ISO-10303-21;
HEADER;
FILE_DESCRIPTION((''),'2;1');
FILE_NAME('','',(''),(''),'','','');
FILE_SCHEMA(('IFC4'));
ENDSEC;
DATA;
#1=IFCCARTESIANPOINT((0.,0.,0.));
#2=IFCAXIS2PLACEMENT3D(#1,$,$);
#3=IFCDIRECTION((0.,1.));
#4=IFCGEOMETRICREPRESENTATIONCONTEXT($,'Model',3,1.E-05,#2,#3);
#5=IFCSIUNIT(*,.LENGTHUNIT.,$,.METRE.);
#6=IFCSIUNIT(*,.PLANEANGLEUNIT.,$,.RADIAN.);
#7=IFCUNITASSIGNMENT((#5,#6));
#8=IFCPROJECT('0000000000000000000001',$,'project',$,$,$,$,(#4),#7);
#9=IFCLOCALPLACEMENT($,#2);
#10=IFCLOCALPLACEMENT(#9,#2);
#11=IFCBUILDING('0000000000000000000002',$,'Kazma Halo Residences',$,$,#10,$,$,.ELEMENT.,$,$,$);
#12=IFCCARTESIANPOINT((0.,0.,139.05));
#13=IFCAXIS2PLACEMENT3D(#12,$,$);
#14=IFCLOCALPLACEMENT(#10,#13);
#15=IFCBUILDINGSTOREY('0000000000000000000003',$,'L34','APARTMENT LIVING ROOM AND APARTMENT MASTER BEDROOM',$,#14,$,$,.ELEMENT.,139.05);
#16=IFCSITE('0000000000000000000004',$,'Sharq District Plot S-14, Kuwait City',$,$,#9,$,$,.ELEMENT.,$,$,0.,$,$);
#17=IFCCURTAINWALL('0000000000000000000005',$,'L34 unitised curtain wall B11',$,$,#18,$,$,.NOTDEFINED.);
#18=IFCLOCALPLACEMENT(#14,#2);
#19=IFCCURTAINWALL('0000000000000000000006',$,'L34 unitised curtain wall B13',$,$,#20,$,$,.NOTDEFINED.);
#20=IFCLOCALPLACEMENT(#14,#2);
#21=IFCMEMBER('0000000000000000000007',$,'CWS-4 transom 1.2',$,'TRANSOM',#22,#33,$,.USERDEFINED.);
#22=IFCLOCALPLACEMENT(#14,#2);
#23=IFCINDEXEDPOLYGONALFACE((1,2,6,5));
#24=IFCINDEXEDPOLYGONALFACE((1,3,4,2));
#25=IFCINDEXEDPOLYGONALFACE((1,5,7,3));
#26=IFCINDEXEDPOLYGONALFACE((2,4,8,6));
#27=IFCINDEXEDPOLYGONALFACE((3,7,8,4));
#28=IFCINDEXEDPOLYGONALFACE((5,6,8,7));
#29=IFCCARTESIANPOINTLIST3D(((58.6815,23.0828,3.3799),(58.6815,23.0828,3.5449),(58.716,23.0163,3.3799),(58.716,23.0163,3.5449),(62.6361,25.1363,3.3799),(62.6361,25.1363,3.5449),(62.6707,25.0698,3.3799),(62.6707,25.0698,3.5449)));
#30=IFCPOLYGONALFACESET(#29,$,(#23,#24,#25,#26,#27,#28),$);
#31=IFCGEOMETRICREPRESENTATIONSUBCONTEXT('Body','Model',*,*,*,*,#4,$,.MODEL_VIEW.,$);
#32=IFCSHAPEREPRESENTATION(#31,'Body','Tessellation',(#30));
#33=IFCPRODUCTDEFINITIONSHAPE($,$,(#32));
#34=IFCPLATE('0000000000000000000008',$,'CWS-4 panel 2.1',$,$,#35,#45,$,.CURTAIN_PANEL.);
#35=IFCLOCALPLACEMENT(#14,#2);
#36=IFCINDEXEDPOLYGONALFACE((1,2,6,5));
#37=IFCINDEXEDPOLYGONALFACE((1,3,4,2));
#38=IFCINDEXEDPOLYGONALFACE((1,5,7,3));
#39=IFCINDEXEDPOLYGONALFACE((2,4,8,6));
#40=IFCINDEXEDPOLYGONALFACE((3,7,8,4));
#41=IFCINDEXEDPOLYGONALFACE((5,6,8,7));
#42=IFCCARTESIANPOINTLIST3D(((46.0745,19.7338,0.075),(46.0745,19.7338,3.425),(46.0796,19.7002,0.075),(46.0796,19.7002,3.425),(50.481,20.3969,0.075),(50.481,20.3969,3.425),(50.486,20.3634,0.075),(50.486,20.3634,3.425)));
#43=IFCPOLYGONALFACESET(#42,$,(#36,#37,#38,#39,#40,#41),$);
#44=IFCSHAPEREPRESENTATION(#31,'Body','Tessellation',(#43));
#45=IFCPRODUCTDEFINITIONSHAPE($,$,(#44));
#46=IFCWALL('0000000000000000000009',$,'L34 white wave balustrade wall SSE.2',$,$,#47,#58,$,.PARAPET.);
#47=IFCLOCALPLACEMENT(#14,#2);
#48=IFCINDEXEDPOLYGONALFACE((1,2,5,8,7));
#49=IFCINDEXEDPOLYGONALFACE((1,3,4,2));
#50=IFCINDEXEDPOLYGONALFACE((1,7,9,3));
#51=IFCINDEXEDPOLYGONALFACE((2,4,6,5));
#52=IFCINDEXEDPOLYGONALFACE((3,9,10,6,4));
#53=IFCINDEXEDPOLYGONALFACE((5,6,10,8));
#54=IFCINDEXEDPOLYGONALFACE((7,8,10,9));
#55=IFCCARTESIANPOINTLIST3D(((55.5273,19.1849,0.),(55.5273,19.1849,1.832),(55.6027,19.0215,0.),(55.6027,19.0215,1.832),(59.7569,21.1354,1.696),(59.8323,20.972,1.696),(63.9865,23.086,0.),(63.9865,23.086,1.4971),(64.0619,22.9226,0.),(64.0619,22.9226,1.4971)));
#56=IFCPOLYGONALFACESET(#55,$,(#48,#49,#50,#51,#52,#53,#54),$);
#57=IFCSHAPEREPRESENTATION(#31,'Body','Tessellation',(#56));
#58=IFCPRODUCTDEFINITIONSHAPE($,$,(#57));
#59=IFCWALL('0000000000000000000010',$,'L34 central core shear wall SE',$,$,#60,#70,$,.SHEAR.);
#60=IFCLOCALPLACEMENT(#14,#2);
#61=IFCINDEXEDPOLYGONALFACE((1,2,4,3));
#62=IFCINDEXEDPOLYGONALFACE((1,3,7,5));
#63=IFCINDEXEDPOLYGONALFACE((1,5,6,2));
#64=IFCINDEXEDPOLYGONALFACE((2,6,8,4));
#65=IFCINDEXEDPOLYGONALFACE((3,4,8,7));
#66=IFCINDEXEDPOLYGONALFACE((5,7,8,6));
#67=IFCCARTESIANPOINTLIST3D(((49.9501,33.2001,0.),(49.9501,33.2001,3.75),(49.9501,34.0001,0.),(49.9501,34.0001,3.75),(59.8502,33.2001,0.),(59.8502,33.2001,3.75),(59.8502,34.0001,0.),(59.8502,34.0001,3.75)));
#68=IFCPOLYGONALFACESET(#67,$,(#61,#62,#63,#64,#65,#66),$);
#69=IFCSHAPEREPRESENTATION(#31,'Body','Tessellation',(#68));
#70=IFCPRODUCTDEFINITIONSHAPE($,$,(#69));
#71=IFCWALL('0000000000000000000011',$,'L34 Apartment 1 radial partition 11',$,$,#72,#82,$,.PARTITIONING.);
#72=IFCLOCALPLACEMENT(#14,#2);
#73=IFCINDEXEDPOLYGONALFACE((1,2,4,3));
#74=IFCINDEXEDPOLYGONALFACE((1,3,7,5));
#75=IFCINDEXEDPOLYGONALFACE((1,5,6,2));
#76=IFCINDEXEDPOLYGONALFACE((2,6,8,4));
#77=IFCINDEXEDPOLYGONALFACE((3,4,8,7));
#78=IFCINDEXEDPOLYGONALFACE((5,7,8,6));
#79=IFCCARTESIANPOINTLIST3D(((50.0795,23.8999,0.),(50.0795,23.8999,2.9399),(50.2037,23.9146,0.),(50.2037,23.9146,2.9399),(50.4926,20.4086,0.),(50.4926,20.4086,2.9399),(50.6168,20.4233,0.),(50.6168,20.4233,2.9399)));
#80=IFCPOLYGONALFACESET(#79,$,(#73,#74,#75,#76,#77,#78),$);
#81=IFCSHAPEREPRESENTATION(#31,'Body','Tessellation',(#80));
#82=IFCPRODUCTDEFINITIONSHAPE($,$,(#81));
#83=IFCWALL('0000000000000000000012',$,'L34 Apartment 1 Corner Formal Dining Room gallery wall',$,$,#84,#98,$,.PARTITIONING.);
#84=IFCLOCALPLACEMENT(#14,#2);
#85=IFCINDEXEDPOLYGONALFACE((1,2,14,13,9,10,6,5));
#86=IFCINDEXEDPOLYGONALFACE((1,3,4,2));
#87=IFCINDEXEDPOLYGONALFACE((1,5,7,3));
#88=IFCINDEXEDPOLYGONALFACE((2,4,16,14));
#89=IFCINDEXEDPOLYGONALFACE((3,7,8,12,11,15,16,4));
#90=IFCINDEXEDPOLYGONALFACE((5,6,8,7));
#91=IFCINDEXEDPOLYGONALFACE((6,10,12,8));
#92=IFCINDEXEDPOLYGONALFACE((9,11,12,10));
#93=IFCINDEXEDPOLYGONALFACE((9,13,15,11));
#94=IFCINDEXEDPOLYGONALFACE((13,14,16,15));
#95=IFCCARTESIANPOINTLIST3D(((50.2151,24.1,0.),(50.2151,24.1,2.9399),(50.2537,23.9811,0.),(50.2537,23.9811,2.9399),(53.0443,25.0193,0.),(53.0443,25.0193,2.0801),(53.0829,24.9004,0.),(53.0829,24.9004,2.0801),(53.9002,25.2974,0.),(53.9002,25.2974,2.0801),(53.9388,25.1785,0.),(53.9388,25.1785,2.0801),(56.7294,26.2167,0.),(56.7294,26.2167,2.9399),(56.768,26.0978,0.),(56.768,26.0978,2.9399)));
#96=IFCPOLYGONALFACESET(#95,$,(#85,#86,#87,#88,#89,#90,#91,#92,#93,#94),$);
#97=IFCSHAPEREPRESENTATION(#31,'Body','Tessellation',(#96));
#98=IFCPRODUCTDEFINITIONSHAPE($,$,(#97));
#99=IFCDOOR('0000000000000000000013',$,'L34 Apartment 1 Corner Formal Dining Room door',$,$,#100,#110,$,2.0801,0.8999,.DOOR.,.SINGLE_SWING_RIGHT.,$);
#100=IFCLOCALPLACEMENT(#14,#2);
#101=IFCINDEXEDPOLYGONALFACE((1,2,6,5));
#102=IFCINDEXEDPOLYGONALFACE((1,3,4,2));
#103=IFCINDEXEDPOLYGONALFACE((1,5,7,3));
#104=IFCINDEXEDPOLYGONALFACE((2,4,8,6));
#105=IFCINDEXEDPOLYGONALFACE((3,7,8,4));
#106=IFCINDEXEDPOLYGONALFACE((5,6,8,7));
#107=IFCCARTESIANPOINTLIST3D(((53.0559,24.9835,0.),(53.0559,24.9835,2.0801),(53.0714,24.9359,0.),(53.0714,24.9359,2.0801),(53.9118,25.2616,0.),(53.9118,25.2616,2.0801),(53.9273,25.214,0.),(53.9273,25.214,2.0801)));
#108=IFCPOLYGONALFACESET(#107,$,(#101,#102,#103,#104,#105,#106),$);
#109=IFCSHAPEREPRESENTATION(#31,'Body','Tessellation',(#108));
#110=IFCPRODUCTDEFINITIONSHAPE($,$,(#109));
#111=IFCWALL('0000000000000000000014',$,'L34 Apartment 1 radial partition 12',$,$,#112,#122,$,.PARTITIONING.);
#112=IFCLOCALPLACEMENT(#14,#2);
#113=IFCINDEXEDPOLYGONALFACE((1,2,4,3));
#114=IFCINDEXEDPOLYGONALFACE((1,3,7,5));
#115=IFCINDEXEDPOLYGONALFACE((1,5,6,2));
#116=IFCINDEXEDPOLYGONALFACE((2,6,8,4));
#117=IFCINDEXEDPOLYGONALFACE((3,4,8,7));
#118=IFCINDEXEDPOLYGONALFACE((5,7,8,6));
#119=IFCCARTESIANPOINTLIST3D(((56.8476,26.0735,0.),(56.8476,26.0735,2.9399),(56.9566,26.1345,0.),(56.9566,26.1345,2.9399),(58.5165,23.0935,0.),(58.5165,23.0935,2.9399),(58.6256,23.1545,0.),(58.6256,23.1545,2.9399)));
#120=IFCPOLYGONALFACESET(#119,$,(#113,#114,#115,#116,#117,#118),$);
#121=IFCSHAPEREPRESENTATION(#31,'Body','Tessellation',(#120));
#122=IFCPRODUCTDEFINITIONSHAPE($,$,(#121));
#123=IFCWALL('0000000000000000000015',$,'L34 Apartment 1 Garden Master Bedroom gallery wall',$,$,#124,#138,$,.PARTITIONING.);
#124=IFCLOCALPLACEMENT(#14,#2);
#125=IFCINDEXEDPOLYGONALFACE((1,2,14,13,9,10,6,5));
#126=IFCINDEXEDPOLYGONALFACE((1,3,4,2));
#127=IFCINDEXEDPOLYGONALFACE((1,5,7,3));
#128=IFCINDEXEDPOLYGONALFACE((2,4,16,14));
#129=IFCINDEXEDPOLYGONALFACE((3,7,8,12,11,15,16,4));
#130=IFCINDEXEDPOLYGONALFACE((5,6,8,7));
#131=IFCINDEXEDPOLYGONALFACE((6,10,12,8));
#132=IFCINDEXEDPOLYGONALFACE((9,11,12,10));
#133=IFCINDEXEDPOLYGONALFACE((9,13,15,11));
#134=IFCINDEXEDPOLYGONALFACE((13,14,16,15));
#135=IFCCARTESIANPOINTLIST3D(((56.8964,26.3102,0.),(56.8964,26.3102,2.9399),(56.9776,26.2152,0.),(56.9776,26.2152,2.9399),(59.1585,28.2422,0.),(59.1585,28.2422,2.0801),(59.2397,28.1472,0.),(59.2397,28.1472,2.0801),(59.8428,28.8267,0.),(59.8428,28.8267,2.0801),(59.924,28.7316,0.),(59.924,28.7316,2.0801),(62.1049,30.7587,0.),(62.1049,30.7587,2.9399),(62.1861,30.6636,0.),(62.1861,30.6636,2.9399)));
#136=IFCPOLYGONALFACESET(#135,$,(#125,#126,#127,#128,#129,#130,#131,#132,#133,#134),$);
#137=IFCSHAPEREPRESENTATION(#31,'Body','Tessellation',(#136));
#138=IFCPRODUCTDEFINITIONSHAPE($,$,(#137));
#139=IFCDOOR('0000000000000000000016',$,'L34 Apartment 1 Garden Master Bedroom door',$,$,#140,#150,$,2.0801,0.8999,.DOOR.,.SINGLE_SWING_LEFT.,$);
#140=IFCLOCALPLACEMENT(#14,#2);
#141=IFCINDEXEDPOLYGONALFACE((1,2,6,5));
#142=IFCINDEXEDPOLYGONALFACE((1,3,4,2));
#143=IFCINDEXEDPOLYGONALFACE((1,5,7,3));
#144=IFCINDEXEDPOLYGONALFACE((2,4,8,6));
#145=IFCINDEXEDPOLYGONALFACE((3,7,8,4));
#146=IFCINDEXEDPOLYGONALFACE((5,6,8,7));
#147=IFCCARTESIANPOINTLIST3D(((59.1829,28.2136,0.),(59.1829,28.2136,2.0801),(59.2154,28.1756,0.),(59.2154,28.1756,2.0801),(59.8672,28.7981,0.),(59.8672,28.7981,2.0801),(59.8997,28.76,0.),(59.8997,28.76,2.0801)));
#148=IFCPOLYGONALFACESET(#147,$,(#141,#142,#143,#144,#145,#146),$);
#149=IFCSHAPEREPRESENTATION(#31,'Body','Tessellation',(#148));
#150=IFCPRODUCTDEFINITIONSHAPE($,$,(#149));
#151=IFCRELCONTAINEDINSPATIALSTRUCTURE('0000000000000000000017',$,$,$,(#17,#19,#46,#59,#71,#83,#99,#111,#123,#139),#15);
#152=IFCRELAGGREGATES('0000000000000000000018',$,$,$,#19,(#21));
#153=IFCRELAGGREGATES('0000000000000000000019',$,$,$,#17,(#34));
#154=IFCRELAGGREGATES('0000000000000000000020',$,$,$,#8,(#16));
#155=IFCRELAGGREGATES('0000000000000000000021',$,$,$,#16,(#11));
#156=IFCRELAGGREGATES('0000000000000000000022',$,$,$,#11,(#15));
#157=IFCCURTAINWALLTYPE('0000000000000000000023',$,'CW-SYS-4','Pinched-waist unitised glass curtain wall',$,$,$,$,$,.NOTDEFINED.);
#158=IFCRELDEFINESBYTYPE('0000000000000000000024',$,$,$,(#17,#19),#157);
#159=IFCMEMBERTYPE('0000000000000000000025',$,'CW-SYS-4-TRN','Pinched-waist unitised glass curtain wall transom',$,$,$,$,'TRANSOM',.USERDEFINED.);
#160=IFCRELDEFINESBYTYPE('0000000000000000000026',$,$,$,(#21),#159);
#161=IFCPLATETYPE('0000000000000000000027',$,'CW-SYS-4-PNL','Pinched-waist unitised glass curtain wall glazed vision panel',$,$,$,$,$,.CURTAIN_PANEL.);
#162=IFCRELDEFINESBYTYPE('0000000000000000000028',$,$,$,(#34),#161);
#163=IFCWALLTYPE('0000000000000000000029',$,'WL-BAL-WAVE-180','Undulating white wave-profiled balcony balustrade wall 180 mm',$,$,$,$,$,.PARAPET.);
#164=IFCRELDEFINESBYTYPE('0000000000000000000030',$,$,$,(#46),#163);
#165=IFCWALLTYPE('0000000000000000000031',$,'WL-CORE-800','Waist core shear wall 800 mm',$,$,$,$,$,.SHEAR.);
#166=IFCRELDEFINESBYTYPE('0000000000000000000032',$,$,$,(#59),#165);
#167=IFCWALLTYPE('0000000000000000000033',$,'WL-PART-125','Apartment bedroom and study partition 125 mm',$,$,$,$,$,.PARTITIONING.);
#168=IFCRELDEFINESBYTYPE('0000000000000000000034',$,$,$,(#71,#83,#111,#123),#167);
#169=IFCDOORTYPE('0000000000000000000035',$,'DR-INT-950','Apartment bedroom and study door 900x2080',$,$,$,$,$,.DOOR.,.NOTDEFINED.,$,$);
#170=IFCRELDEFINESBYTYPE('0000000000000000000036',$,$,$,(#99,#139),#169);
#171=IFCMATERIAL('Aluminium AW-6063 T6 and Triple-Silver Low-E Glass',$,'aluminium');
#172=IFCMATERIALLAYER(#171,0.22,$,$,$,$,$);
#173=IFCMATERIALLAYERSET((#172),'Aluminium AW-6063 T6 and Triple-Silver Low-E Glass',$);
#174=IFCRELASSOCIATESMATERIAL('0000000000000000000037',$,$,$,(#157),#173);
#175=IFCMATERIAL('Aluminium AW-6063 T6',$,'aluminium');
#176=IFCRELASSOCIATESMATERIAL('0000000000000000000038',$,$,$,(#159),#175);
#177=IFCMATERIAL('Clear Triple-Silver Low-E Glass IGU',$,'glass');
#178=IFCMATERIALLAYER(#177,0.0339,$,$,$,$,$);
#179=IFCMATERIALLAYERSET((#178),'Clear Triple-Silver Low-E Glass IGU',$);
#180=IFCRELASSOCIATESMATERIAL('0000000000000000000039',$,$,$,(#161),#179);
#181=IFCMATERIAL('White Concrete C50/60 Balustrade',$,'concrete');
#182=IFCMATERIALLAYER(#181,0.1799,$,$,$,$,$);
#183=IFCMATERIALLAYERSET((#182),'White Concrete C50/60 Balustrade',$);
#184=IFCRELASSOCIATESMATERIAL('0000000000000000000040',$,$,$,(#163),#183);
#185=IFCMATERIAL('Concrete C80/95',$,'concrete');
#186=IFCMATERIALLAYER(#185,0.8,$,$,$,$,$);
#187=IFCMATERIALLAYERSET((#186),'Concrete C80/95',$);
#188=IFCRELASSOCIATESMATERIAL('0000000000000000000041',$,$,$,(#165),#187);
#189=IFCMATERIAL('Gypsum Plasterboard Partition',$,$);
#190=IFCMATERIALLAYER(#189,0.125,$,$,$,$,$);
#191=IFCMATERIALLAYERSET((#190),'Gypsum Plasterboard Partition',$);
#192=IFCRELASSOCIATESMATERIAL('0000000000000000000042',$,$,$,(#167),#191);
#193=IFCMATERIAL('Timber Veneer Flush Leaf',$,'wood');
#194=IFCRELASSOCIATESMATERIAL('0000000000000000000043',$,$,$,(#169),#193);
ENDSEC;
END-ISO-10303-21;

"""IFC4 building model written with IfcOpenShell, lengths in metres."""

from ifc_helpers import new_model, si_unit, direction, frame, frame_2d, origin, origin_2d, place, context, subcontext, project, spatial, polyline, rectangle, outline, extrude, material, layer, layer_set, material_profile, profile_set, type_object, element, fill, aggregate, save


model = new_model("IFC4")

# Units and contexts
model_context = context("Model", 3, precision=1e-05, world=origin(), true_north=direction((0.0, 1.0)))
body_context = subcontext(model_context, "Body", "Model", "MODEL_VIEW")
ifc_project = project(units=[si_unit("LENGTHUNIT", "METRE"), si_unit("PLANEANGLEUNIT", "RADIAN")], contexts=[model_context])

# Site, building, storey
site_placement = place(None, origin())
site = spatial("IfcSite", under=ifc_project, at=site_placement, Name="Sharq District Plot S-14, Kuwait City", CompositionType="ELEMENT", RefElevation=0.0)
building_placement = place(site_placement, origin())
building = spatial("IfcBuilding", under=site, at=building_placement, Name="Kazma Halo Residences", CompositionType="ELEMENT")
storey_placement = place(building_placement, frame((0.0, 0.0, 139.05)))
storey = spatial("IfcBuildingStorey", under=building, at=storey_placement, Name="L34", Description="APARTMENT LIVING ROOM AND APARTMENT MASTER BEDROOM", CompositionType="ELEMENT", Elevation=139.05)

# Shared definitions
ifc_material_1 = material(Name="Concrete C80/95", Category="concrete")

# Curtain wall
ifc_material_2 = material(Name="Aluminium AW-6063 T6 and Triple-Silver Low-E Glass", Category="aluminium")
ifc_layer_1 = layer(ifc_material_2, 0.22)
ifc_layer_set_1 = layer_set([ifc_layer_1], Name="Aluminium AW-6063 T6 and Triple-Silver Low-E Glass")
curtain_wall_type = type_object("IfcCurtainWallType", Name="CW-SYS-4", Description="Pinched-waist unitised glass curtain wall", PredefinedType="NOTDEFINED", material=ifc_layer_set_1)
curtain_wall_1_placement = place(storey_placement, origin())
curtain_wall_1 = element("IfcCurtainWall", 1, at=curtain_wall_1_placement, inside=storey, type_object=curtain_wall_type, Name="L34 unitised curtain wall B11", PredefinedType="NOTDEFINED")
ifc_material_3 = material(Name="Aluminium AW-6063 T6", Category="aluminium")

# Curtain wall, member
curtain_wall_2_placement = place(storey_placement, origin())
curtain_wall_2 = element("IfcCurtainWall", 2, at=curtain_wall_2_placement, inside=storey, type_object=curtain_wall_type, Name="L34 unitised curtain wall B13", PredefinedType="NOTDEFINED")
ifc_material_profile_1 = material_profile(ifc_material_3, rectangle(XDim=0.075, YDim=0.165, at=origin_2d()), Name="CWT-75x165")
ifc_profile_set_1 = profile_set([ifc_material_profile_1], Name="Aluminium AW-6063 T6")
member_type_1 = type_object("IfcMemberType", Name="CW-SYS-4-TRN", Description="Pinched-waist unitised glass curtain wall transom", ElementType="TRANSOM", PredefinedType="USERDEFINED", material=ifc_profile_set_1)
member_1_placement = place(storey_placement, frame((58.6987, 23.0496, 3.4624), z_axis=(0.887485, 0.460837, 0.0), x_axis=(-0.460837, 0.887485, 0.0)))
member_1 = element("IfcMember", 3, at=member_1_placement, type_object=member_type_1, Name="CWS-4 transom 1.2", ObjectType="TRANSOM", PredefinedType="USERDEFINED", context=body_context, shape_type="SweptSolid", body=[
    extrude(rectangle(XDim=0.075, YDim=0.165, at=origin_2d()), origin(), (0.0, 0.0, 1.0), 4.4561),
])
aggregate(curtain_wall_2, [member_1])

# Plate
ifc_material_4 = material(Name="Clear Triple-Silver Low-E Glass IGU", Category="glass")
ifc_layer_2 = layer(ifc_material_4, 0.0339)
ifc_layer_set_2 = layer_set([ifc_layer_2], Name="Clear Triple-Silver Low-E Glass IGU")
plate_type = type_object("IfcPlateType", Name="CW-SYS-4-PNL", Description="Pinched-waist unitised glass curtain wall glazed vision panel", PredefinedType="CURTAIN_PANEL", material=ifc_layer_set_2)
plate_placement = place(storey_placement, frame((48.2803, 20.0486, 0.075), z_axis=(0.0, 0.0, 1.0), x_axis=(0.988864, 0.148821, 0.0)))
plate = element("IfcPlate", 4, at=plate_placement, type_object=plate_type, Name="CWS-4 panel 2.1", PredefinedType="CURTAIN_PANEL", context=body_context, shape_type="SweptSolid", body=[
    extrude(rectangle(XDim=4.4561, YDim=0.0339, at=origin_2d()), origin(), (0.0, 0.0, 1.0), 3.3501),
])
aggregate(curtain_wall_1, [plate])

# Walls
ifc_material_5 = material(Name="White Concrete C50/60 Balustrade", Category="concrete")
ifc_layer_3 = layer(ifc_material_5, 0.1799)
ifc_layer_set_3 = layer_set([ifc_layer_3], Name="White Concrete C50/60 Balustrade")
wall_type_1 = type_object("IfcWallType", Name="WL-BAL-WAVE-180", Description="Undulating white wave-profiled balcony balustrade wall 180 mm", PredefinedType="PARAPET", material=ifc_layer_set_3)
wall_1_placement = place(storey_placement, frame((55.5649, 19.1033, 0.0), z_axis=(0.0, 0.0, 1.0), x_axis=(0.908087, 0.418781, 0.0)))
element("IfcWall", 5, at=wall_1_placement, inside=storey, type_object=wall_type_1, Name="L34 white wave balustrade wall SSE.2", PredefinedType="PARAPET", context=body_context, shape_type="SweptSolid", body=[
    extrude(outline(polyline([(0.0, 0.0), (9.3154, 0.0), (9.3154, 1.4971), (4.6577, 1.696), (0.0, 1.832), (0.0, 0.0)])), frame((0.0, 0.0898, 0.0), z_axis=(0.0, -1.0, 0.0), x_axis=(1.0, 0.0, 0.0)), (0.0, 0.0, 1.0), 0.1799),
])
ifc_layer_4 = layer(ifc_material_1, 0.8)
ifc_layer_set_4 = layer_set([ifc_layer_4], Name="Concrete C80/95")
wall_type_2 = type_object("IfcWallType", Name="WL-CORE-800", Description="Waist core shear wall 800 mm", PredefinedType="SHEAR", material=ifc_layer_set_4)
wall_2_placement = place(storey_placement, frame((49.95, 33.6001, 0.0), z_axis=(0.0, 0.0, 1.0), x_axis=(1.0, 0.0, 0.0)))
element("IfcWall", 6, at=wall_2_placement, inside=storey, type_object=wall_type_2, Name="L34 central core shear wall SE", PredefinedType="SHEAR", context=body_context, shape_type="SweptSolid", body=[
    extrude(rectangle(XDim=9.9001, YDim=0.8, at=frame_2d((4.9502, 0.0))), origin(), (0.0, 0.0, 1.0), 3.75),
])

# Wall
ifc_material_6 = material(Name="Gypsum Plasterboard Partition")
ifc_layer_5 = layer(ifc_material_6, 0.125)
ifc_layer_set_5 = layer_set([ifc_layer_5], Name="Gypsum Plasterboard Partition")
wall_type_3 = type_object("IfcWallType", Name="WL-PART-125", Description="Apartment bedroom and study partition 125 mm", PredefinedType="PARTITIONING", material=ifc_layer_set_5)
wall_3_placement = place(storey_placement, frame((50.1416, 23.9072, 0.0), z_axis=(0.0, 0.0, 1.0), x_axis=(0.117502, -0.993073, 0.0)))
element("IfcWall", 7, at=wall_3_placement, inside=storey, type_object=wall_type_3, Name="L34 Apartment 1 radial partition 11", PredefinedType="PARTITIONING", context=body_context, shape_type="SweptSolid", body=[
    extrude(rectangle(XDim=3.5156, YDim=0.125, at=frame_2d((1.7578, 0.0))), origin(), (0.0, 0.0, 1.0), 2.9399),
])

# Wall, opening, door
wall_4_placement = place(storey_placement, frame((50.2344, 24.0405, 0.0), z_axis=(0.0, 0.0, 1.0), x_axis=(0.951055, 0.309022, 0.0)))
wall_4 = element("IfcWall", 8, at=wall_4_placement, inside=storey, type_object=wall_type_3, Name="L34 Apartment 1 Corner Formal Dining Room gallery wall", PredefinedType="PARTITIONING", context=body_context, shape_type="SweptSolid", body=[
    extrude(rectangle(XDim=6.8496, YDim=0.125, at=frame_2d((3.4248, 0.0))), origin(), (0.0, 0.0, 1.0), 2.9399),
])
opening_1_placement = place(wall_4_placement, frame((2.9749, 0.0, 0.0)))
opening_1 = element("IfcOpeningElement", 9, at=opening_1_placement, cuts=wall_4, PredefinedType="OPENING", context=body_context, shape_type="SweptSolid", body=[
    extrude(rectangle(XDim=0.8999, YDim=2.0801, at=frame_2d((0.45, 1.04))), frame((0.0, 0.0725, 0.0), z_axis=(0.0, -1.0, 0.0), x_axis=(1.0, 0.0, 0.0)), (0.0, 0.0, 1.0), 0.145),
])
ifc_material_7 = material(Name="Timber Veneer Flush Leaf", Category="wood")
door_type_1 = type_object("IfcDoorType", Name="DR-INT-950", Description="Apartment bedroom and study door 900x2080", OperationType="NOTDEFINED", PredefinedType="DOOR", material=ifc_material_7)
door_1_placement = place(opening_1_placement, origin())
door_1 = element("IfcDoor", 10, at=door_1_placement, inside=storey, type_object=door_type_1, Name="L34 Apartment 1 Corner Formal Dining Room door", OperationType="SINGLE_SWING_RIGHT", OverallHeight=2.0801, OverallWidth=0.8999, PredefinedType="DOOR", context=body_context, shape_type="SweptSolid", body=[
    extrude(rectangle(XDim=0.8999, YDim=2.0801, at=frame_2d((0.45, 1.04))), frame((0.0, 0.0249, 0.0), z_axis=(0.0, -1.0, 0.0), x_axis=(1.0, 0.0, 0.0)), (0.0, 0.0, 1.0), 0.05),
])
fill(opening_1, door_1)

# Wall
wall_5_placement = place(storey_placement, frame((56.9021, 26.104, 0.0), z_axis=(0.0, 0.0, 1.0), x_axis=(0.488638, -0.872487, 0.0)))
element("IfcWall", 11, at=wall_5_placement, inside=storey, type_object=wall_type_3, Name="L34 Apartment 1 radial partition 12", PredefinedType="PARTITIONING", context=body_context, shape_type="SweptSolid", body=[
    extrude(rectangle(XDim=3.4155, YDim=0.125, at=frame_2d((1.7078, 0.0))), origin(), (0.0, 0.0, 1.0), 2.9399),
])

# Wall, opening, door
wall_6_placement = place(storey_placement, frame((56.937, 26.2627, 0.0), z_axis=(0.0, 0.0, 1.0), x_axis=(0.760405, 0.649449, 0.0)))
wall_6 = element("IfcWall", 12, at=wall_6_placement, inside=storey, type_object=wall_type_3, Name="L34 Apartment 1 Garden Master Bedroom gallery wall", PredefinedType="PARTITIONING", context=body_context, shape_type="SweptSolid", body=[
    extrude(rectangle(XDim=6.8496, YDim=0.125, at=frame_2d((3.4248, 0.0))), origin(), (0.0, 0.0, 1.0), 2.9399),
])
opening_2_placement = place(wall_6_placement, frame((2.9749, 0.0, 0.0)))
opening_2 = element("IfcOpeningElement", 13, at=opening_2_placement, cuts=wall_6, PredefinedType="OPENING", context=body_context, shape_type="SweptSolid", body=[
    extrude(rectangle(XDim=0.8999, YDim=2.0801, at=frame_2d((0.45, 1.04))), frame((0.0, 0.0725, 0.0), z_axis=(0.0, -1.0, 0.0), x_axis=(1.0, 0.0, 0.0)), (0.0, 0.0, 1.0), 0.145),
])
door_2_placement = place(opening_2_placement, origin())
door_2 = element("IfcDoor", 14, at=door_2_placement, inside=storey, type_object=door_type_1, Name="L34 Apartment 1 Garden Master Bedroom door", OperationType="SINGLE_SWING_LEFT", OverallHeight=2.0801, OverallWidth=0.8999, PredefinedType="DOOR", context=body_context, shape_type="SweptSolid", body=[
    extrude(rectangle(XDim=0.8999, YDim=2.0801, at=frame_2d((0.45, 1.04))), frame((0.0, 0.0249, 0.0), z_axis=(0.0, -1.0, 0.0), x_axis=(1.0, 0.0, 0.0)), (0.0, 0.0, 1.0), 0.05),
])
fill(opening_2, door_2)

save(model, "model.ifc")
